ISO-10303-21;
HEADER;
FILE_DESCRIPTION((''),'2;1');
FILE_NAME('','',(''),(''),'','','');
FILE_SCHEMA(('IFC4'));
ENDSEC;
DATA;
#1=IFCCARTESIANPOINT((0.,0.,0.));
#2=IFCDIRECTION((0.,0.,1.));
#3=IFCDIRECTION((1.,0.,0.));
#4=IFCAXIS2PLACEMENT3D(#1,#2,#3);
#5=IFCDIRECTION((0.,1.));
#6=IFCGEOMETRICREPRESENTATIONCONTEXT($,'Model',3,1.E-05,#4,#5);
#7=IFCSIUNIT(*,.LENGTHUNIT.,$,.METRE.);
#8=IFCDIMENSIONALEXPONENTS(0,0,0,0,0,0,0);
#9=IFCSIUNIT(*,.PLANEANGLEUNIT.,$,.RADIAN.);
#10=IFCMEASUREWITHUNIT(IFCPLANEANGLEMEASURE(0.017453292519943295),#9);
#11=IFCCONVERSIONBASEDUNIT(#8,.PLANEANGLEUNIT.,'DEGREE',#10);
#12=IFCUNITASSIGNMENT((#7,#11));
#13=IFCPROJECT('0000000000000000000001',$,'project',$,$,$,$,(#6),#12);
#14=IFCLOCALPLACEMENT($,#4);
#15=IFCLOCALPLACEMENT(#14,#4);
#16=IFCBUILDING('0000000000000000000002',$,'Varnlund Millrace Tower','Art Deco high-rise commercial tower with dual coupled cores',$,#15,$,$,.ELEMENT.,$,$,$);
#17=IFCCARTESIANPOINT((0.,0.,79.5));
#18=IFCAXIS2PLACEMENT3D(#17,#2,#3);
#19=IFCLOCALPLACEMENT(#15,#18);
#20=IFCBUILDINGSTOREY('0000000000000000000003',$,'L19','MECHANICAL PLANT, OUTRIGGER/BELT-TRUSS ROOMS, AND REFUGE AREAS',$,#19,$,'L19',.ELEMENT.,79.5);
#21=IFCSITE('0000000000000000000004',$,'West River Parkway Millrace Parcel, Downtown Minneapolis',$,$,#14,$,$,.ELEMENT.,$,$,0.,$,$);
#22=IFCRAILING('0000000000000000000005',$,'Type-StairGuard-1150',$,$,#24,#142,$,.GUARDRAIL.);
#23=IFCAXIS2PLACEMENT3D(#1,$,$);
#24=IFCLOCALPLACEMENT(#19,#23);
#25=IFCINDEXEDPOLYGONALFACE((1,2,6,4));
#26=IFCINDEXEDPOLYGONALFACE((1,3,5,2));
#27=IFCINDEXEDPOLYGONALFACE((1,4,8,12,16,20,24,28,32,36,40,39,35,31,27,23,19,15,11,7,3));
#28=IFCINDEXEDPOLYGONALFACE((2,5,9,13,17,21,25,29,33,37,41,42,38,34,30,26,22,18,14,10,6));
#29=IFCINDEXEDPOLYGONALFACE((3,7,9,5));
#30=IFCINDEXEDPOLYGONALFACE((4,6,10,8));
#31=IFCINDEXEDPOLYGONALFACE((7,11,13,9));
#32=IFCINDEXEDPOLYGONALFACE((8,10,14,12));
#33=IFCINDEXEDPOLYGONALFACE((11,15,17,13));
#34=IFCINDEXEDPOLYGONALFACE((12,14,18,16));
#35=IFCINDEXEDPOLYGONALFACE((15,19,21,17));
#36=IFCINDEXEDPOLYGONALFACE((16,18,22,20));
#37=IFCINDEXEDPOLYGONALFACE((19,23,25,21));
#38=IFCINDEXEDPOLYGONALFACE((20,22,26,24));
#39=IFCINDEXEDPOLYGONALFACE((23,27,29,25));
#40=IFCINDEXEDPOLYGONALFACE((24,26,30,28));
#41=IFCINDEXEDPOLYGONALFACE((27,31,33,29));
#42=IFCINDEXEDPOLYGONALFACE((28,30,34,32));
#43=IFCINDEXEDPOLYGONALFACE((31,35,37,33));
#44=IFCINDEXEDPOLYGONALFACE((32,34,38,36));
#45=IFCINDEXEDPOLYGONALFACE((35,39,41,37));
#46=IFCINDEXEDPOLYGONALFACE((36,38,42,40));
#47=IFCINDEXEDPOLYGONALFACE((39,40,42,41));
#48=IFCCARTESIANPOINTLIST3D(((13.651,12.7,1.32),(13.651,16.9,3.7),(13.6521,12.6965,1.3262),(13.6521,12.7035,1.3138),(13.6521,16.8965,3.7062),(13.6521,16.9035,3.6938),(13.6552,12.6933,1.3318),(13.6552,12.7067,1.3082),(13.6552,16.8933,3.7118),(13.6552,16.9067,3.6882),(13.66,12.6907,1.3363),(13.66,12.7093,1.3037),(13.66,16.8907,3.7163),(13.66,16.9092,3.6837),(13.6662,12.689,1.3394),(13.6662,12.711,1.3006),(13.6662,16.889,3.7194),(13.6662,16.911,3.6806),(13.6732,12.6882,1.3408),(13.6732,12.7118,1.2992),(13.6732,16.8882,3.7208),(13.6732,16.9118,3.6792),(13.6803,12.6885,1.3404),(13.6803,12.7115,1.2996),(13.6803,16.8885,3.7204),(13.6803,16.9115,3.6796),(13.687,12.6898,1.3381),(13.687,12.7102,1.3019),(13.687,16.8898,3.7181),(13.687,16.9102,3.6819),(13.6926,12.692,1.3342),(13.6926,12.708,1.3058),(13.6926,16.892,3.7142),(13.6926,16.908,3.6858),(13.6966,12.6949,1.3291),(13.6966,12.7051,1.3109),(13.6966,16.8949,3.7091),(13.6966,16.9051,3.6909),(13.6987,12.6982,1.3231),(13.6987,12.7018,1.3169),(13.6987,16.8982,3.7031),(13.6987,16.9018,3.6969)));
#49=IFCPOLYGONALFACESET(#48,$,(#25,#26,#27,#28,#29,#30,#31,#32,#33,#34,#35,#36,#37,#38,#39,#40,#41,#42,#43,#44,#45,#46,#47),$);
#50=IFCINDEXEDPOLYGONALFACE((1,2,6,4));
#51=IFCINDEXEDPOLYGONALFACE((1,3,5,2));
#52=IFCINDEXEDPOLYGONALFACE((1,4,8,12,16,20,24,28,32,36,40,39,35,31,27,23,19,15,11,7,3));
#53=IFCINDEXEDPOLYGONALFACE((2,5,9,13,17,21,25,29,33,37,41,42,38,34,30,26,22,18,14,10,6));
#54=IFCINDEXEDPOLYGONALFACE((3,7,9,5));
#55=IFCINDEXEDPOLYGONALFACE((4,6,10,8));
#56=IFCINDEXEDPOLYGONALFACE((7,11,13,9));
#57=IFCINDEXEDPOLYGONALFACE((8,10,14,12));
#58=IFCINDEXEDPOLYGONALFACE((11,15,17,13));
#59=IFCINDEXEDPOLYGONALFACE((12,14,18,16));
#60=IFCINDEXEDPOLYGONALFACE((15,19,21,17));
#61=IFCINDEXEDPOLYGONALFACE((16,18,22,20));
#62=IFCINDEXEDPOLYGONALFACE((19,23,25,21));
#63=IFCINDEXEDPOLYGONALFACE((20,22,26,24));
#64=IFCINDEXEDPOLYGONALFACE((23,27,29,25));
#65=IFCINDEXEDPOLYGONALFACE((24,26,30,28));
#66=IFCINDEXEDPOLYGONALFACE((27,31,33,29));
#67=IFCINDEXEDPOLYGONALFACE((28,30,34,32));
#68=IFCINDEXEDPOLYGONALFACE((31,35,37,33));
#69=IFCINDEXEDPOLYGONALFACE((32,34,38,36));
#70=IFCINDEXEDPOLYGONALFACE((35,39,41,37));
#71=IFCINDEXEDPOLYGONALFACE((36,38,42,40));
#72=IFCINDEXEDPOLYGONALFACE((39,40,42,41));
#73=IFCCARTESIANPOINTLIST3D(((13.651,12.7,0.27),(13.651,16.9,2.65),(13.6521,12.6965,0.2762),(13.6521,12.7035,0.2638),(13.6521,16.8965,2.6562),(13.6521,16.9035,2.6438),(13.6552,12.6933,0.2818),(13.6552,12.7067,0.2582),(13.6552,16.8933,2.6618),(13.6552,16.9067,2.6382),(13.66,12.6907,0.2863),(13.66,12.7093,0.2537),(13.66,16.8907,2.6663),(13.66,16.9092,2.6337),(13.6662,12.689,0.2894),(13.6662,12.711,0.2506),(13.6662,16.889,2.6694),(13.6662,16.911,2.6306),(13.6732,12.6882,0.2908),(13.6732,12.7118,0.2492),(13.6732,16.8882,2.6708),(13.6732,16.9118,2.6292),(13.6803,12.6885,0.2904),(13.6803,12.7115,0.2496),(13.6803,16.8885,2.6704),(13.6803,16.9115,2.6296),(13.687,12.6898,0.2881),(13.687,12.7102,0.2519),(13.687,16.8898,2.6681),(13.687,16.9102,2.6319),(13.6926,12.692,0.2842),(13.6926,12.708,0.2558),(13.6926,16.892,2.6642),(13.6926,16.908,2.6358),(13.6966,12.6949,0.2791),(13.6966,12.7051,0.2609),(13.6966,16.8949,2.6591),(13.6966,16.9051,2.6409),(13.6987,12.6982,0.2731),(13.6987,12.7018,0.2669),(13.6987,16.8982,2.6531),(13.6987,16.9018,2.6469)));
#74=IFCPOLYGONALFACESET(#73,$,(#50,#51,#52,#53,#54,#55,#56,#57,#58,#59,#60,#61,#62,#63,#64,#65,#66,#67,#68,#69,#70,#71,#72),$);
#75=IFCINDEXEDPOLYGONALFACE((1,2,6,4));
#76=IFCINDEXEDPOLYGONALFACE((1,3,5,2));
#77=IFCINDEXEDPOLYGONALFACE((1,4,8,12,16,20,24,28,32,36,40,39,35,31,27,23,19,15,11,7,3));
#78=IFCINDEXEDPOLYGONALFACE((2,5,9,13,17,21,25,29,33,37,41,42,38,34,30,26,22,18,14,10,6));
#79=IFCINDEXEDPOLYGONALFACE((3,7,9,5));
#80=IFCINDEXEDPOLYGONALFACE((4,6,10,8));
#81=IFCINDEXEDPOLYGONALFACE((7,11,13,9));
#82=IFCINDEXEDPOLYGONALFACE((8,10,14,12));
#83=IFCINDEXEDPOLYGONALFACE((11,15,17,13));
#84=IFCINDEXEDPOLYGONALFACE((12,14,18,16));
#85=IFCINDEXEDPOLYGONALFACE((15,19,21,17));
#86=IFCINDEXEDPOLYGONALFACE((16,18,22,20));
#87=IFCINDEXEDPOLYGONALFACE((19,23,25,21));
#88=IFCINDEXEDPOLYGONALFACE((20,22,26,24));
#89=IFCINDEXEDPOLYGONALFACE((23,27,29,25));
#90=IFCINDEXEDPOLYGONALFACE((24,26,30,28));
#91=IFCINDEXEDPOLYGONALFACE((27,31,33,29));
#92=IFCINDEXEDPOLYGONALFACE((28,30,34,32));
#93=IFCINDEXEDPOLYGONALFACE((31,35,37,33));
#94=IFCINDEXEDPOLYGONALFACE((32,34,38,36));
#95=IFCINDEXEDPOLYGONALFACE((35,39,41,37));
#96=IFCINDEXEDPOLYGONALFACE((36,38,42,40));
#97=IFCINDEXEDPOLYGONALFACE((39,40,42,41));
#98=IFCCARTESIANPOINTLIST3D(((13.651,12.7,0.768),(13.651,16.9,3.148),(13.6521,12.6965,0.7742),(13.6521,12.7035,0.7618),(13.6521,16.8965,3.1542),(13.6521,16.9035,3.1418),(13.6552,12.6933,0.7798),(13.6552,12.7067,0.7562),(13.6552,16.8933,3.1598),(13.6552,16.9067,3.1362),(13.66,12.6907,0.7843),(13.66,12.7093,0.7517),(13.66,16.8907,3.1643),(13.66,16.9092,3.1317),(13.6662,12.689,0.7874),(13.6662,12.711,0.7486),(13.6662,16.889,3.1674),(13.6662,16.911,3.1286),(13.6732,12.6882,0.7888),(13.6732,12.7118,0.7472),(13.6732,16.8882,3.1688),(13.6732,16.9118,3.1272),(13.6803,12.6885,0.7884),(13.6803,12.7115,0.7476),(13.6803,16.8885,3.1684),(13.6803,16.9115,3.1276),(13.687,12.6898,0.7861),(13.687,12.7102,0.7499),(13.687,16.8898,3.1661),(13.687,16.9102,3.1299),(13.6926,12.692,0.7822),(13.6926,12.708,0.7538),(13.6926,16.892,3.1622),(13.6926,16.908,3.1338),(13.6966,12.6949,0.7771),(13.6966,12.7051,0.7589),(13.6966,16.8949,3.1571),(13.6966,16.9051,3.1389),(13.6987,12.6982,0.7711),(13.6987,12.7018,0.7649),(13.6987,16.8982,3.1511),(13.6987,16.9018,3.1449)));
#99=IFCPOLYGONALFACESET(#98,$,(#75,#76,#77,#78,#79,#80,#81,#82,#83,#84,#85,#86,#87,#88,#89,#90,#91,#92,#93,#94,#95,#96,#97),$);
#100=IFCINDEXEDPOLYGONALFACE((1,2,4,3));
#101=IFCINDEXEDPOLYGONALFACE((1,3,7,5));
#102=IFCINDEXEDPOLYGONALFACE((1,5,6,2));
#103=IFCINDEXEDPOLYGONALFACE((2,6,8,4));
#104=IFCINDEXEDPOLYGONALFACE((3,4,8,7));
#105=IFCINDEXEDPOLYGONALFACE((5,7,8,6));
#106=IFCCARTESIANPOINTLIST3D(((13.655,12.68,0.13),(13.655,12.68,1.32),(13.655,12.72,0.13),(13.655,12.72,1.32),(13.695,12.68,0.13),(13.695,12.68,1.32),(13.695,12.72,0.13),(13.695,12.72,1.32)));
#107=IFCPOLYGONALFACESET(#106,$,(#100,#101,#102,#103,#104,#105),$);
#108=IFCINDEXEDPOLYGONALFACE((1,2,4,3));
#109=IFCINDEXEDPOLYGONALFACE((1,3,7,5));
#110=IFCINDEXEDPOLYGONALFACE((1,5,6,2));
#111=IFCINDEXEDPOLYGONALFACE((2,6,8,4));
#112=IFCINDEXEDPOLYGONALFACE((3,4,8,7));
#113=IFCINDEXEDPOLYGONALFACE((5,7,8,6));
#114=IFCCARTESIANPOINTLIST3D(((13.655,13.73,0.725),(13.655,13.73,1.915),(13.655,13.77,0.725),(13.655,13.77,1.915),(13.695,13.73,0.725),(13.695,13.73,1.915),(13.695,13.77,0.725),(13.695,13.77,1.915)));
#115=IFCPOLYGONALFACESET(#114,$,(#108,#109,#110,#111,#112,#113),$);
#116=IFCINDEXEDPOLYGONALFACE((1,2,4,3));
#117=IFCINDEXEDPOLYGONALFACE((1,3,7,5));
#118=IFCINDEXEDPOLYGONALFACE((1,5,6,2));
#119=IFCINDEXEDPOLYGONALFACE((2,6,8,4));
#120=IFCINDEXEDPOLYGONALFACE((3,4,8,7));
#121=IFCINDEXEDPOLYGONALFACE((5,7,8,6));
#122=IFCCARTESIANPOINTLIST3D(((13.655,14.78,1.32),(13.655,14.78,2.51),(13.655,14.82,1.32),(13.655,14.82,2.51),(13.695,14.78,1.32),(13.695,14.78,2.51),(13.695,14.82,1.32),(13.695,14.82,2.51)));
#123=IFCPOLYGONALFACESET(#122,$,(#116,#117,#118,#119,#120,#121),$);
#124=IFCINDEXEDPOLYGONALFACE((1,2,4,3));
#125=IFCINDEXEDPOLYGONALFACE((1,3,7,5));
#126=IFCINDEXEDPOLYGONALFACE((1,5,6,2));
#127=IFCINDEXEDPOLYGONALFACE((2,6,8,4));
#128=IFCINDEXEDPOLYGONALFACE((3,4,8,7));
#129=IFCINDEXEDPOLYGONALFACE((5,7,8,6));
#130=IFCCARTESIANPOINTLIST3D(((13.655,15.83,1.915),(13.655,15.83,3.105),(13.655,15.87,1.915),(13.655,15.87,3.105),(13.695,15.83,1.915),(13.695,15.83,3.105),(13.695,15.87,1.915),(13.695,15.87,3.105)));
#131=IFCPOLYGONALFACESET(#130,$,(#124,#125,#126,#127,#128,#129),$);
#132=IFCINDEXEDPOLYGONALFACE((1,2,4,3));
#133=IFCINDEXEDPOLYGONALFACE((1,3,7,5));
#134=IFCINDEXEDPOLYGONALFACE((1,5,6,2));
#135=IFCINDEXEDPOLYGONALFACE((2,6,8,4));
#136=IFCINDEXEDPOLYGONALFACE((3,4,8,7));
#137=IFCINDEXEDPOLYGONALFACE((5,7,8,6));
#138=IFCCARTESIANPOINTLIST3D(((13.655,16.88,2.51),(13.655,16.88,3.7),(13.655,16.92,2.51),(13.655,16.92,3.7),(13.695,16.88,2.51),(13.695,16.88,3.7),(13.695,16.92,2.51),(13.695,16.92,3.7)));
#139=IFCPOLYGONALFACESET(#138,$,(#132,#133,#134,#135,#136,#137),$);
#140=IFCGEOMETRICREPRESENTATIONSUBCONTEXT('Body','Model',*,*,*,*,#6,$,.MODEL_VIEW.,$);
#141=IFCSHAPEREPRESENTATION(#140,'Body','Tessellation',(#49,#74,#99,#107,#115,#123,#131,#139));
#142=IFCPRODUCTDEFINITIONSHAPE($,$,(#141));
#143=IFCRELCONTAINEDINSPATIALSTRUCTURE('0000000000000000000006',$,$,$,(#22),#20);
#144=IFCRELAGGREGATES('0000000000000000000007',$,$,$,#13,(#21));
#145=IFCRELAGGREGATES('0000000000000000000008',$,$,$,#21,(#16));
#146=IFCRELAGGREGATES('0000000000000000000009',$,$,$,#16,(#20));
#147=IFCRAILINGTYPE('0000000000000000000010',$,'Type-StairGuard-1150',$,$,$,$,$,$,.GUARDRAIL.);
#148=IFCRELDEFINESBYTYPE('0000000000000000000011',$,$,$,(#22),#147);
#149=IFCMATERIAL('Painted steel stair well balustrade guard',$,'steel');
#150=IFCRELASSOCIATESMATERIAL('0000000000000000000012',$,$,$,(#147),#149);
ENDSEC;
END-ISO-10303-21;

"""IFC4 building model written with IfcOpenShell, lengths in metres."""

from ifc_helpers import new_model, entity, si_unit, converted_unit, direction, frame, origin_with_axes, origin_2d_with_axis, place, context, subcontext, project, spatial, rectangle, circle, extrude, material, type_object, element, save


model = new_model("IFC4")

# Units and contexts
model_context = context("Model", 3, precision=1e-05, world=origin_with_axes(), true_north=direction((0.0, 1.0)))
body_context = subcontext(model_context, "Body", "Model", "MODEL_VIEW")
ifc_project = project(units=[si_unit("LENGTHUNIT", "METRE"), converted_unit("PLANEANGLEUNIT", "DEGREE", entity("IfcPlaneAngleMeasure", 0.017453292519943295), si_unit("PLANEANGLEUNIT", "RADIAN"), dimensions=[0, 0, 0, 0, 0, 0, 0])], contexts=[model_context])

# Site, building, storey
site_placement = place(None, origin_with_axes())
site = spatial("IfcSite", under=ifc_project, at=site_placement, Name="West River Parkway Millrace Parcel, Downtown Minneapolis", CompositionType="ELEMENT", RefElevation=0.0)
building_placement = place(site_placement, origin_with_axes())
building = spatial("IfcBuilding", under=site, at=building_placement, Name="Varnlund Millrace Tower", Description="Art Deco high-rise commercial tower with dual coupled cores", CompositionType="ELEMENT")
storey_placement = place(building_placement, frame((0.0, 0.0, 79.5), z_axis=(0.0, 0.0, 1.0), x_axis=(1.0, 0.0, 0.0)))
storey = spatial("IfcBuildingStorey", under=building, at=storey_placement, Name="L19", Description="MECHANICAL PLANT, OUTRIGGER/BELT-TRUSS ROOMS, AND REFUGE AREAS", LongName="L19", CompositionType="ELEMENT", Elevation=79.5)

# Railing
ifc_material_1 = material(Name="Painted steel stair well balustrade guard", Category="steel")
railing_type_1 = type_object("IfcRailingType", Name="Type-StairGuard-1150", PredefinedType="GUARDRAIL", material=ifc_material_1)
railing_1_placement = place(storey_placement, frame((0.0, 0.0, -79.5), z_axis=(0.0, 0.0, 1.0), x_axis=(1.0, 0.0, 0.0)))
element("IfcRailing", 1, at=railing_1_placement, inside=storey, type_object=railing_type_1, Name="Type-StairGuard-1150", PredefinedType="GUARDRAIL", context=body_context, shape_type="SweptSolid", body=[
    extrude(circle(Radius=0.024, at=origin_2d_with_axis()), frame((13.675, 12.7, 80.82), z_axis=(0.0, 0.870022, 0.493013), x_axis=(-1.0, 0.0, 0.0)), (0.0, 0.0, 1.0), 4.8275),
    extrude(circle(Radius=0.024, at=origin_2d_with_axis()), frame((13.675, 12.7, 79.77), z_axis=(0.0, 0.870022, 0.493013), x_axis=(-1.0, 0.0, 0.0)), (0.0, 0.0, 1.0), 4.8275),
    extrude(circle(Radius=0.024, at=origin_2d_with_axis()), frame((13.675, 12.7, 80.268), z_axis=(0.0, 0.870022, 0.493013), x_axis=(-1.0, 0.0, 0.0)), (0.0, 0.0, 1.0), 4.8275),
    extrude(rectangle(XDim=0.04, YDim=0.04, at=origin_2d_with_axis()), frame((13.675, 12.7, 79.63), z_axis=(0.0, 0.0, 1.0), x_axis=(1.0, 0.0, 0.0)), (0.0, 0.0, 1.0), 1.19),
    extrude(rectangle(XDim=0.04, YDim=0.04, at=origin_2d_with_axis()), frame((13.675, 13.75, 80.225), z_axis=(0.0, 0.0, 1.0), x_axis=(1.0, 0.0, 0.0)), (0.0, 0.0, 1.0), 1.19),
    extrude(rectangle(XDim=0.04, YDim=0.04, at=origin_2d_with_axis()), frame((13.675, 14.8, 80.82), z_axis=(0.0, 0.0, 1.0), x_axis=(1.0, 0.0, 0.0)), (0.0, 0.0, 1.0), 1.19),
    extrude(rectangle(XDim=0.04, YDim=0.04, at=origin_2d_with_axis()), frame((13.675, 15.85, 81.415), z_axis=(0.0, 0.0, 1.0), x_axis=(1.0, 0.0, 0.0)), (0.0, 0.0, 1.0), 1.19),
    extrude(rectangle(XDim=0.04, YDim=0.04, at=origin_2d_with_axis()), frame((13.675, 16.9, 82.01), z_axis=(0.0, 0.0, 1.0), x_axis=(1.0, 0.0, 0.0)), (0.0, 0.0, 1.0), 1.19),
])

save(model, "model.ifc")
